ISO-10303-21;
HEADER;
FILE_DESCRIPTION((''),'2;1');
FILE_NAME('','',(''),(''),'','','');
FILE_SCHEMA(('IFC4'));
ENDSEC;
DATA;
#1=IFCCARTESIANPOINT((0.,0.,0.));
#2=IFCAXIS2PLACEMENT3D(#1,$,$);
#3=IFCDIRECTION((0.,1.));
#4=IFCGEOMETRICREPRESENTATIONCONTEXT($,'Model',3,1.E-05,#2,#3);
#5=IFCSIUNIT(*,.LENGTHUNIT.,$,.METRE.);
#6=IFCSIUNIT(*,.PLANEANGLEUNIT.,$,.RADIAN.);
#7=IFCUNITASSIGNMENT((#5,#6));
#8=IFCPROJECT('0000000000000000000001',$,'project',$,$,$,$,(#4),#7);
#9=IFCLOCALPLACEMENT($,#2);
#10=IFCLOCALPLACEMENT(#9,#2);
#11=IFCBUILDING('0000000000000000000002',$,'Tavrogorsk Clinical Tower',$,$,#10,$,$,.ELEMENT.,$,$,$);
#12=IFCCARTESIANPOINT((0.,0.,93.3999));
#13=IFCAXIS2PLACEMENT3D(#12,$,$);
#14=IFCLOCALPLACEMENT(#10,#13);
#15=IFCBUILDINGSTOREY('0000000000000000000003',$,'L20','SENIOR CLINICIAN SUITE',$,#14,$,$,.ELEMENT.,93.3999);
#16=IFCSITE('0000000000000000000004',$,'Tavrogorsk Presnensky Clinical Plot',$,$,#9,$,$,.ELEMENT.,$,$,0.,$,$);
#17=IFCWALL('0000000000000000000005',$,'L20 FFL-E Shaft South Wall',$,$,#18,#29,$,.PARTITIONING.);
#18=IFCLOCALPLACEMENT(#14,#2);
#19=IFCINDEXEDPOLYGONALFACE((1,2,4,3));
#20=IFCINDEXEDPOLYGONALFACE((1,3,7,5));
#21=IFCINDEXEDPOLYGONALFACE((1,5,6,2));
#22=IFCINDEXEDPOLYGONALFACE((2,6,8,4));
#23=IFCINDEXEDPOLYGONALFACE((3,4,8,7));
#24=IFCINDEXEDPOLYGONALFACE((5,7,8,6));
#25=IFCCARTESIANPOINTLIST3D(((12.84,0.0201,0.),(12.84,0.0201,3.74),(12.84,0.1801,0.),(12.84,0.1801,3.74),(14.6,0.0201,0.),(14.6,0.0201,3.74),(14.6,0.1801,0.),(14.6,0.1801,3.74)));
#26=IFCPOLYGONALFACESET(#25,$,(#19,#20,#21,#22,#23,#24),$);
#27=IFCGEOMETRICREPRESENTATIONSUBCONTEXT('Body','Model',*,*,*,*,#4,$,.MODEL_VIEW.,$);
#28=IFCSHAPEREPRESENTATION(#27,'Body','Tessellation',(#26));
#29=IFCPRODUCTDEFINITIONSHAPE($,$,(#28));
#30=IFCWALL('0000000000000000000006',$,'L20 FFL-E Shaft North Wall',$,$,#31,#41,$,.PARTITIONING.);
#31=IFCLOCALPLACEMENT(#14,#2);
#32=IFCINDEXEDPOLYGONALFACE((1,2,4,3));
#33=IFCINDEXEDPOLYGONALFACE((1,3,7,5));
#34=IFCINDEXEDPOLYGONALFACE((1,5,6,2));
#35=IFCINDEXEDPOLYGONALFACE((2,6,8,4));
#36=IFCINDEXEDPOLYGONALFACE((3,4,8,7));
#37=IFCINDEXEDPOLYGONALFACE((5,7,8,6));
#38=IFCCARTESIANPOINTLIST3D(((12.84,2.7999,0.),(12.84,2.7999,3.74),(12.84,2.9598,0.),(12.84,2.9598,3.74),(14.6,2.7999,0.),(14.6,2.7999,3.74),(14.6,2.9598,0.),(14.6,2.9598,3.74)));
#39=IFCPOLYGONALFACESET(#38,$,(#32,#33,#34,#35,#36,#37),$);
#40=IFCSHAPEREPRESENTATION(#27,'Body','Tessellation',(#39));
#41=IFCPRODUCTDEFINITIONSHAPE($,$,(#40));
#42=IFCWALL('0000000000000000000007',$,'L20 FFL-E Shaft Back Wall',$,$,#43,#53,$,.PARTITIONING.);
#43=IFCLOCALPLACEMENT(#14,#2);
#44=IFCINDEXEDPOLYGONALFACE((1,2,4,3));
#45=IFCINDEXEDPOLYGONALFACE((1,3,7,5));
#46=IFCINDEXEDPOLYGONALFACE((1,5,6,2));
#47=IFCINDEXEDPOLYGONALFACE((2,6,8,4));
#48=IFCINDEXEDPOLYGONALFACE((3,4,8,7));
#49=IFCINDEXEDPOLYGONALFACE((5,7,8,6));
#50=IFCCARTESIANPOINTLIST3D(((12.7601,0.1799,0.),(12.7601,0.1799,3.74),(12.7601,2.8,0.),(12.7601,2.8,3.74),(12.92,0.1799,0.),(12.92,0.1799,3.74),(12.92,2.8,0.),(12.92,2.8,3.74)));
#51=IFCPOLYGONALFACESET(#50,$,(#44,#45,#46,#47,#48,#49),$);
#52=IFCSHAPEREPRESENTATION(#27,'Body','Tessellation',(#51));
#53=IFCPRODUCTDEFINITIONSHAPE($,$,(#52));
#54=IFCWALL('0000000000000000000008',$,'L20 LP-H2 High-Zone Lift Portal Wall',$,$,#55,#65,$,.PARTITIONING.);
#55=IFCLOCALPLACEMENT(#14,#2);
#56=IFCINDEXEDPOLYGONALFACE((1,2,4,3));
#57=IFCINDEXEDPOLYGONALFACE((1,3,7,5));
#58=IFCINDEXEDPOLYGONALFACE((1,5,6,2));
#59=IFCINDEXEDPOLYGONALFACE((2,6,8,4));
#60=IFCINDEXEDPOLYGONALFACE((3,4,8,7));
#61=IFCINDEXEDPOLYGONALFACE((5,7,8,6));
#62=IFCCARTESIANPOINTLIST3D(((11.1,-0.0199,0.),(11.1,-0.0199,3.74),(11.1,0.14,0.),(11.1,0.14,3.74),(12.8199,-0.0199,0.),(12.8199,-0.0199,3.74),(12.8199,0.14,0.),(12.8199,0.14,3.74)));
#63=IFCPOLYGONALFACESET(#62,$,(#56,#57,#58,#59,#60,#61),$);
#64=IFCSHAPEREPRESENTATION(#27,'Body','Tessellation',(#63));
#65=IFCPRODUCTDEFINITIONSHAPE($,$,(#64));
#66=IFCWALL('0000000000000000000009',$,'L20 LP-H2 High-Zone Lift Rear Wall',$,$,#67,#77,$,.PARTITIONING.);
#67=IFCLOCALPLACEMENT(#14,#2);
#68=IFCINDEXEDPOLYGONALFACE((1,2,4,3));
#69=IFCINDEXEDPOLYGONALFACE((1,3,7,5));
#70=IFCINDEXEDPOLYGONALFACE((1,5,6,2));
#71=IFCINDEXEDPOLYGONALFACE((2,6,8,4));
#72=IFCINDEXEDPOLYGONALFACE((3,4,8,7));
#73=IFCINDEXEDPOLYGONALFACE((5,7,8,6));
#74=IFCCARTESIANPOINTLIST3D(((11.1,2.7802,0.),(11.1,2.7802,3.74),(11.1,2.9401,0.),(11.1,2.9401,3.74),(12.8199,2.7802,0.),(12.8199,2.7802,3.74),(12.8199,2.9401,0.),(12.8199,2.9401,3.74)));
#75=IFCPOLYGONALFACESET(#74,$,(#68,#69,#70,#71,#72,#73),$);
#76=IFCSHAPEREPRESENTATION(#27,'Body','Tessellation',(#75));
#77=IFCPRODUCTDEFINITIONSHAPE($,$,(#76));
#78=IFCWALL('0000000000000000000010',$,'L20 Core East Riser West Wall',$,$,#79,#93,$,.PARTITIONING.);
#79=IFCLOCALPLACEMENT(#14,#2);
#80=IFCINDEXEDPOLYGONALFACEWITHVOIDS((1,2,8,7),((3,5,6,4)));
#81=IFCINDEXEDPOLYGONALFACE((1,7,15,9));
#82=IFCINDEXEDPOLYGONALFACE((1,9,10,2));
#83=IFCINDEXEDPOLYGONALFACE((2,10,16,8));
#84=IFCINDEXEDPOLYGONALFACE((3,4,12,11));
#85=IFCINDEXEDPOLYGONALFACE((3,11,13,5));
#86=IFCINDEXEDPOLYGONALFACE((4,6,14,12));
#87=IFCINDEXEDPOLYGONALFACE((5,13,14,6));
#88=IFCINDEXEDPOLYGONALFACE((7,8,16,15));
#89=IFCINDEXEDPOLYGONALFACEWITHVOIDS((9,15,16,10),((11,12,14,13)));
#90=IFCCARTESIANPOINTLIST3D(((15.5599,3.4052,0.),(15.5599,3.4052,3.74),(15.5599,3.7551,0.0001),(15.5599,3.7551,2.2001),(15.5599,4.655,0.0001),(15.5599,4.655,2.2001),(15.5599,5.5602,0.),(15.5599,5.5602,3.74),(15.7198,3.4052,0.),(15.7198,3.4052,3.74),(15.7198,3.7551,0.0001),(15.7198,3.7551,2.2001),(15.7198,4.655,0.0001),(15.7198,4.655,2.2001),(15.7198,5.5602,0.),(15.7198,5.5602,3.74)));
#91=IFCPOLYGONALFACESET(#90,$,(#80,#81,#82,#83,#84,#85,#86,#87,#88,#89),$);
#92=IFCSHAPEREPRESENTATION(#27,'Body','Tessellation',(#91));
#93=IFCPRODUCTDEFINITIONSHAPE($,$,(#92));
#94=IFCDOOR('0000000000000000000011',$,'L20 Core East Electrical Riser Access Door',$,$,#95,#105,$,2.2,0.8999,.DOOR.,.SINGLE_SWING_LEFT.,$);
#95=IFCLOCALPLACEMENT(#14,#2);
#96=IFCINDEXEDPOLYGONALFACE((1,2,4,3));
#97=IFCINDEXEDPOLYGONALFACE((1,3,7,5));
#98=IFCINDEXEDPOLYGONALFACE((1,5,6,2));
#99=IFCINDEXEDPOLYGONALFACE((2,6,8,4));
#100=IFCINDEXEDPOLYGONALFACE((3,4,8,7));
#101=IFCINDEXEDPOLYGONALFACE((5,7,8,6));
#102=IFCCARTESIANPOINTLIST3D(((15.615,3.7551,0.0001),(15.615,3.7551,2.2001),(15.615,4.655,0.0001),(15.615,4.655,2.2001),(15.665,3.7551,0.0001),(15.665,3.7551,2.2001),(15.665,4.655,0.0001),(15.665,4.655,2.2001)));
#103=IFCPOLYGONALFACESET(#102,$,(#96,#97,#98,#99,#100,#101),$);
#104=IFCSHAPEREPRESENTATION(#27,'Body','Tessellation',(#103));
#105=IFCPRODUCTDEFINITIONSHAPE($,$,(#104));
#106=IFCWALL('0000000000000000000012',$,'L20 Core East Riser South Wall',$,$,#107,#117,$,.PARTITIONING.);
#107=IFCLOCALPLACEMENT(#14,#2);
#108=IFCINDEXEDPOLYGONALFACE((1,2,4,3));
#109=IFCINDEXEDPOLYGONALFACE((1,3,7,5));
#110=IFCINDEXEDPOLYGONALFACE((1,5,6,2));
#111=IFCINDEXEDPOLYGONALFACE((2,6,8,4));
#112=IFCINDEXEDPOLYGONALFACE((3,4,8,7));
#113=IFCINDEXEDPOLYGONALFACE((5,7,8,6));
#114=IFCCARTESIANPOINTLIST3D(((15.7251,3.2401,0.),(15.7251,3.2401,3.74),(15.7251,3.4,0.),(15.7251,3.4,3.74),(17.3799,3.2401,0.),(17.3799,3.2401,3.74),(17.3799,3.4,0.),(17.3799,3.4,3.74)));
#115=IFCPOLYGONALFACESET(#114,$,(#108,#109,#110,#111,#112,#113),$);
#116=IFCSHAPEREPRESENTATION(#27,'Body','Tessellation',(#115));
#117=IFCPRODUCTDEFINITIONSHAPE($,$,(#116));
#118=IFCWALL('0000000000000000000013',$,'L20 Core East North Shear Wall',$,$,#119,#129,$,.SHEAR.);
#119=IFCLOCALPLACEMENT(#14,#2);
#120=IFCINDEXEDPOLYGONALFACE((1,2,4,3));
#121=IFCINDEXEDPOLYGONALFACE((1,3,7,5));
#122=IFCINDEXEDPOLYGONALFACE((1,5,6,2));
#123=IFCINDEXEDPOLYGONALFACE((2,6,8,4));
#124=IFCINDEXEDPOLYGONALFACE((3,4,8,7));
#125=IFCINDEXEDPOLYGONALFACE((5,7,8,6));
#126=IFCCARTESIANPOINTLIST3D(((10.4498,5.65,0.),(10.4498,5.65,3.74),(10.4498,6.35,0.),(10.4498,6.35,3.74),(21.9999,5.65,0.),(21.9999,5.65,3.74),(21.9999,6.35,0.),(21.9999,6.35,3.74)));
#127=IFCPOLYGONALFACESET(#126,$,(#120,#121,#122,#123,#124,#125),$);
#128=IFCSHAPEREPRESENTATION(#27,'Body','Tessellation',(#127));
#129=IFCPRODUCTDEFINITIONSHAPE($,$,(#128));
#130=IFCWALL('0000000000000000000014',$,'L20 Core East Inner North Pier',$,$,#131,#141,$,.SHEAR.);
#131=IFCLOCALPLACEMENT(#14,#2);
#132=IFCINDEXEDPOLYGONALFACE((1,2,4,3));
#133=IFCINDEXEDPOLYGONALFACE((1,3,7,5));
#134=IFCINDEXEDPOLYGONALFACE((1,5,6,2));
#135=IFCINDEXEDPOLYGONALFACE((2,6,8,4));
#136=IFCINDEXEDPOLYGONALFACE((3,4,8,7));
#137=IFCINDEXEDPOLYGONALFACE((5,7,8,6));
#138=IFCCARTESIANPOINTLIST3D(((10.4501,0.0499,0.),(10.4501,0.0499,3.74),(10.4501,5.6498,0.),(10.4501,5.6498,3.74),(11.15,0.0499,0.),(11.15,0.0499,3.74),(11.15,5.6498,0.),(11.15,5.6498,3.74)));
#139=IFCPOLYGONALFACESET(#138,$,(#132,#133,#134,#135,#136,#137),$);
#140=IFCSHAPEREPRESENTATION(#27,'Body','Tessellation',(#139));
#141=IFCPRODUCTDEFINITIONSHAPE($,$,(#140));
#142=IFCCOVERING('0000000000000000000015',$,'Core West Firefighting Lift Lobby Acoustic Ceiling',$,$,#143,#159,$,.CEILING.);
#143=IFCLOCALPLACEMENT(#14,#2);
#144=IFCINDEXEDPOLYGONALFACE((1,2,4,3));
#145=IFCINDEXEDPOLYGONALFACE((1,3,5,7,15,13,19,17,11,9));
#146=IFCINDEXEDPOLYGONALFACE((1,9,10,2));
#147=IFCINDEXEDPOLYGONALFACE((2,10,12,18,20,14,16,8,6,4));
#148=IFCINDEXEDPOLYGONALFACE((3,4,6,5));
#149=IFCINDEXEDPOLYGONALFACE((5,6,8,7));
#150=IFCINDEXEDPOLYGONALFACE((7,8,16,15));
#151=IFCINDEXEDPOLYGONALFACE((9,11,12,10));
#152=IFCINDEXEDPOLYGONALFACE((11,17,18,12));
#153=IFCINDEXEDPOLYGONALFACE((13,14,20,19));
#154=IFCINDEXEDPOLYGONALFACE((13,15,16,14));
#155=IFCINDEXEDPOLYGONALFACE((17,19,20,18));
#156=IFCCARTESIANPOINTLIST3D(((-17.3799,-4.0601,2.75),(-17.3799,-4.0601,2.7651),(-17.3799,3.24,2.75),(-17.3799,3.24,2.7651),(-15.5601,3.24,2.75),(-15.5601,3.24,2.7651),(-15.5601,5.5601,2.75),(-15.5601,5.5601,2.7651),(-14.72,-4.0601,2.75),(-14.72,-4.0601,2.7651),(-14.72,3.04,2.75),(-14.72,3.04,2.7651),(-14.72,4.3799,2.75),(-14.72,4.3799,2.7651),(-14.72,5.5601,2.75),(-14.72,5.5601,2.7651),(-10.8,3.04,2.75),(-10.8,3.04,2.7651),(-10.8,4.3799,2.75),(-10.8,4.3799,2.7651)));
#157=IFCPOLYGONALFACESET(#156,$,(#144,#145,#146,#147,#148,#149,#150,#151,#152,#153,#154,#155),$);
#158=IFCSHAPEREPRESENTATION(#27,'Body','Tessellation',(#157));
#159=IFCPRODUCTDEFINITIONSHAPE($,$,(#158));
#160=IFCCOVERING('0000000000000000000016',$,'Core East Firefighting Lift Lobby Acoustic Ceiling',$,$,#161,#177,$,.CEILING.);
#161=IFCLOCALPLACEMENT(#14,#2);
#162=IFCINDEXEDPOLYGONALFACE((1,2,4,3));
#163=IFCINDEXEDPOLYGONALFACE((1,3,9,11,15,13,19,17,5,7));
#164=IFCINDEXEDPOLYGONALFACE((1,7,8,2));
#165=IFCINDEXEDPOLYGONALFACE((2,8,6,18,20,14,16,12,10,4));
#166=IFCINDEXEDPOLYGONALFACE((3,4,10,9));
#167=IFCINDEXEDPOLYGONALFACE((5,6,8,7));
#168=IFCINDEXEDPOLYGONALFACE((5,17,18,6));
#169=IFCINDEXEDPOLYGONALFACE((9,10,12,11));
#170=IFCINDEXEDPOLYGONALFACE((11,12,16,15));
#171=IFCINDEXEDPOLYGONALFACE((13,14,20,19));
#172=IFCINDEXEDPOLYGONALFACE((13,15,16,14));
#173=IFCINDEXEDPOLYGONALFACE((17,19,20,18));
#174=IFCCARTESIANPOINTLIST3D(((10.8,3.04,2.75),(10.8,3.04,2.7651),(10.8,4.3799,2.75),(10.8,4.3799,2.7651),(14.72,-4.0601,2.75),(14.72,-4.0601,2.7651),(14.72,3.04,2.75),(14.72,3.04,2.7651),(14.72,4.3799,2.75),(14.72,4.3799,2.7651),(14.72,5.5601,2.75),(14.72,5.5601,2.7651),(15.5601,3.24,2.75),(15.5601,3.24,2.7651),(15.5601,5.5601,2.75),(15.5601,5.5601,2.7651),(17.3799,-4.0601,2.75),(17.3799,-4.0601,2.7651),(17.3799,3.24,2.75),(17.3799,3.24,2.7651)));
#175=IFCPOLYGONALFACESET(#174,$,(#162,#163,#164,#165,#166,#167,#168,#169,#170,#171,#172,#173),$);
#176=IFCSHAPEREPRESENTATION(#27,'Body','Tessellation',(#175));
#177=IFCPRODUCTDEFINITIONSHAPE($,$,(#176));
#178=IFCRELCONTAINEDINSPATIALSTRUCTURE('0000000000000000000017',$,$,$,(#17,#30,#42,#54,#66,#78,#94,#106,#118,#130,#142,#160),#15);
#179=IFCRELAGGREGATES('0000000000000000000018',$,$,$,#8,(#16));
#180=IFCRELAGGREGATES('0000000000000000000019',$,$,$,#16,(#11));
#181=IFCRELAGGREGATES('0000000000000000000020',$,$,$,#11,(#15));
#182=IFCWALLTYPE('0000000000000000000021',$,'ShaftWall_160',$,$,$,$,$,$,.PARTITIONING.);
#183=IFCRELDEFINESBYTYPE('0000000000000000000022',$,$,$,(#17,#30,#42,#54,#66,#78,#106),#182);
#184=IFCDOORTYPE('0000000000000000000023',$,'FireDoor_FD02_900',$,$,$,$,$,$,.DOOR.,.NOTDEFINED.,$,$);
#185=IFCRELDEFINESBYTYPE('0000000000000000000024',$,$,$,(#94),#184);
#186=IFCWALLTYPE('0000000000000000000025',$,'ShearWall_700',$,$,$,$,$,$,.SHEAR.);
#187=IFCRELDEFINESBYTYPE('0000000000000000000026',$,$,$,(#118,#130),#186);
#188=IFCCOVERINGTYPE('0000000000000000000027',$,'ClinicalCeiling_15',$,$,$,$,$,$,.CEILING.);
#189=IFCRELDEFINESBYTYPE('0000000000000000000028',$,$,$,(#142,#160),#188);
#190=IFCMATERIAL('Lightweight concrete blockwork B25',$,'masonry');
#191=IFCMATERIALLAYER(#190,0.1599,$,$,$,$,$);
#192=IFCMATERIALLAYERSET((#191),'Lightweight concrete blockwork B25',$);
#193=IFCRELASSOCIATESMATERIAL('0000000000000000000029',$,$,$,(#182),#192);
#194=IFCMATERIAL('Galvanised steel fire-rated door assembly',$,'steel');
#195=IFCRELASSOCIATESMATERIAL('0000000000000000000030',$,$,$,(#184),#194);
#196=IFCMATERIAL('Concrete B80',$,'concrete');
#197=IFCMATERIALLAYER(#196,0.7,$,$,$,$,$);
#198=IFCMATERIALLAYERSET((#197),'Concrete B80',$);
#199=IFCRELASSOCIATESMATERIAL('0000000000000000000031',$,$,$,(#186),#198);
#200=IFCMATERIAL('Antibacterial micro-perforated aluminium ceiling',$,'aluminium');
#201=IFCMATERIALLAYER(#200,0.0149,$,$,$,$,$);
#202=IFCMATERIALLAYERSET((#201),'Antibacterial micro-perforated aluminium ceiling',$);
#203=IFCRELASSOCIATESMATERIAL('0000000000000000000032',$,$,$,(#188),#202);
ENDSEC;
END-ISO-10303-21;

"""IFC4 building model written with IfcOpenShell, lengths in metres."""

from ifc_helpers import new_model, si_unit, direction, frame, frame_2d, origin, place, context, subcontext, project, spatial, polyline, rectangle, outline, extrude, material, layer, layer_set, type_object, element, fill, save


model = new_model("IFC4")

# Units and contexts
model_context = context("Model", 3, precision=1e-05, world=origin(), true_north=direction((0.0, 1.0)))
body_context = subcontext(model_context, "Body", "Model", "MODEL_VIEW")
ifc_project = project(units=[si_unit("LENGTHUNIT", "METRE"), si_unit("PLANEANGLEUNIT", "RADIAN")], contexts=[model_context])

# Site, building, storey
site_placement = place(None, origin())
site = spatial("IfcSite", under=ifc_project, at=site_placement, Name="Tavrogorsk Presnensky Clinical Plot", CompositionType="ELEMENT", RefElevation=0.0)
building_placement = place(site_placement, origin())
building = spatial("IfcBuilding", under=site, at=building_placement, Name="Tavrogorsk Clinical Tower", CompositionType="ELEMENT")
storey_placement = place(building_placement, frame((0.0, 0.0, 93.3999)))
storey = spatial("IfcBuildingStorey", under=building, at=storey_placement, Name="L20", Description="SENIOR CLINICIAN SUITE", CompositionType="ELEMENT", Elevation=93.3999)

# Shared definitions
ifc_material_1 = material(Name="Lightweight concrete blockwork B25", Category="masonry")
ifc_layer_1 = layer(ifc_material_1, 0.1599)
ifc_layer_set_1 = layer_set([ifc_layer_1], Name="Lightweight concrete blockwork B25")
wall_type_1 = type_object("IfcWallType", Name="ShaftWall_160", PredefinedType="PARTITIONING", material=ifc_layer_set_1)

# Walls
for number, where, z_axis, x_axis, name in (
    (1, (12.8401, 0.1001, 0.0), (0.0, 0.0, 1.0), (1.0, 0.0, 0.0), "L20 FFL-E Shaft South Wall"),
    (2, (12.8401, 2.8799, 0.0), (0.0, 0.0, 1.0), (1.0, 0.0, 0.0), "L20 FFL-E Shaft North Wall"),
):
    element("IfcWall", number, at=place(storey_placement, frame(where, z_axis=z_axis, x_axis=x_axis)), inside=storey, type_object=wall_type_1, Name=name, PredefinedType="PARTITIONING", context=body_context, shape_type="SweptSolid", body=[
        extrude(rectangle(XDim=1.76, YDim=0.1599, at=frame_2d((0.8799, 0.0))), origin(), (0.0, 0.0, 1.0), 3.74),
    ])
wall_1_placement = place(storey_placement, frame((12.8401, 0.1799, 0.0), z_axis=(0.0, 0.0, 1.0), x_axis=(0.0, 1.0, 0.0)))
element("IfcWall", 3, at=wall_1_placement, inside=storey, type_object=wall_type_1, Name="L20 FFL-E Shaft Back Wall", PredefinedType="PARTITIONING", context=body_context, shape_type="SweptSolid", body=[
    extrude(rectangle(XDim=2.6201, YDim=0.1599, at=frame_2d((1.3101, 0.0))), origin(), (0.0, 0.0, 1.0), 3.74),
])
for number, where, z_axis, x_axis, name in (
    (4, (11.1001, 0.0601, 0.0), (0.0, 0.0, 1.0), (1.0, 0.0, 0.0), "L20 LP-H2 High-Zone Lift Portal Wall"),
    (5, (11.1001, 2.8601, 0.0), (0.0, 0.0, 1.0), (1.0, 0.0, 0.0), "L20 LP-H2 High-Zone Lift Rear Wall"),
):
    element("IfcWall", number, at=place(storey_placement, frame(where, z_axis=z_axis, x_axis=x_axis)), inside=storey, type_object=wall_type_1, Name=name, PredefinedType="PARTITIONING", context=body_context, shape_type="SweptSolid", body=[
        extrude(rectangle(XDim=1.72, YDim=0.1599, at=frame_2d((0.8599, 0.0))), origin(), (0.0, 0.0, 1.0), 3.74),
    ])

# Wall, opening, door
wall_2_placement = place(storey_placement, frame((15.6399, 3.405, 0.0), z_axis=(0.0, 0.0, 1.0), x_axis=(0.0, 1.0, 0.0)))
wall_2 = element("IfcWall", 6, at=wall_2_placement, inside=storey, type_object=wall_type_1, Name="L20 Core East Riser West Wall", PredefinedType="PARTITIONING", context=body_context, shape_type="SweptSolid", body=[
    extrude(rectangle(XDim=2.155, YDim=0.1599, at=frame_2d((1.0776, 0.0))), origin(), (0.0, 0.0, 1.0), 3.74),
])
opening_1_placement = place(wall_2_placement, frame((0.3501, 0.0, 0.0)))
opening_1 = element("IfcOpeningElement", 7, at=opening_1_placement, cuts=wall_2, PredefinedType="OPENING", context=body_context, shape_type="SweptSolid", body=[
    extrude(rectangle(XDim=0.8999, YDim=2.2, at=frame_2d((0.45, 1.1001))), frame((0.0, 0.0898, 0.0), z_axis=(0.0, -1.0, 0.0), x_axis=(1.0, 0.0, 0.0)), (0.0, 0.0, 1.0), 0.1799),
])
ifc_material_2 = material(Name="Galvanised steel fire-rated door assembly", Category="steel")
door_type_1 = type_object("IfcDoorType", Name="FireDoor_FD02_900", OperationType="NOTDEFINED", PredefinedType="DOOR", material=ifc_material_2)
door_1_placement = place(opening_1_placement, origin())
door_1 = element("IfcDoor", 8, at=door_1_placement, inside=storey, type_object=door_type_1, Name="L20 Core East Electrical Riser Access Door", OperationType="SINGLE_SWING_LEFT", OverallHeight=2.2, OverallWidth=0.8999, PredefinedType="DOOR", context=body_context, shape_type="SweptSolid", body=[
    extrude(rectangle(XDim=0.8999, YDim=2.2, at=frame_2d((0.45, 1.1001))), frame((0.0, 0.0249, 0.0), z_axis=(0.0, -1.0, 0.0), x_axis=(1.0, 0.0, 0.0)), (0.0, 0.0, 1.0), 0.05),
])
fill(opening_1, door_1)

# Walls
wall_3_placement = place(storey_placement, frame((15.7251, 3.3201, 0.0), z_axis=(0.0, 0.0, 1.0), x_axis=(1.0, 0.0, 0.0)))
element("IfcWall", 9, at=wall_3_placement, inside=storey, type_object=wall_type_1, Name="L20 Core East Riser South Wall", PredefinedType="PARTITIONING", context=body_context, shape_type="SweptSolid", body=[
    extrude(rectangle(XDim=1.6548, YDim=0.1599, at=frame_2d((0.8274, 0.0))), origin(), (0.0, 0.0, 1.0), 3.74),
])
ifc_material_3 = material(Name="Concrete B80", Category="concrete")
ifc_layer_2 = layer(ifc_material_3, 0.7)
ifc_layer_set_2 = layer_set([ifc_layer_2], Name="Concrete B80")
wall_type_2 = type_object("IfcWallType", Name="ShearWall_700", PredefinedType="SHEAR", material=ifc_layer_set_2)
wall_4_placement = place(storey_placement, frame((10.45, 6.0, 0.0), z_axis=(0.0, 0.0, 1.0), x_axis=(1.0, 0.0, 0.0)))
element("IfcWall", 10, at=wall_4_placement, inside=storey, type_object=wall_type_2, Name="L20 Core East North Shear Wall", PredefinedType="SHEAR", context=body_context, shape_type="SweptSolid", body=[
    extrude(rectangle(XDim=11.55, YDim=0.7, at=frame_2d((5.7749, 0.0))), origin(), (0.0, 0.0, 1.0), 3.74),
])
wall_5_placement = place(storey_placement, frame((10.8, 0.05, 0.0), z_axis=(0.0, 0.0, 1.0), x_axis=(0.0, 1.0, 0.0)))
element("IfcWall", 11, at=wall_5_placement, inside=storey, type_object=wall_type_2, Name="L20 Core East Inner North Pier", PredefinedType="SHEAR", context=body_context, shape_type="SweptSolid", body=[
    extrude(rectangle(XDim=5.5999, YDim=0.7, at=frame_2d((2.7998, 0.0))), origin(), (0.0, 0.0, 1.0), 3.74),
])

# Coverings
ifc_material_4 = material(Name="Antibacterial micro-perforated aluminium ceiling", Category="aluminium")
ifc_layer_3 = layer(ifc_material_4, 0.0149)
ifc_layer_set_3 = layer_set([ifc_layer_3], Name="Antibacterial micro-perforated aluminium ceiling")
covering_type_1 = type_object("IfcCoveringType", Name="ClinicalCeiling_15", PredefinedType="CEILING", material=ifc_layer_set_3)
covering_1_placement = place(storey_placement, frame((0.0, 0.0, 2.75)))
element("IfcCovering", 12, at=covering_1_placement, inside=storey, type_object=covering_type_1, Name="Core West Firefighting Lift Lobby Acoustic Ceiling", PredefinedType="CEILING", context=body_context, shape_type="SweptSolid", body=[
    extrude(outline(polyline([(-14.72, 4.3799), (-10.8, 4.3799), (-10.8, 3.04), (-14.72, 3.04), (-14.72, -4.0601), (-17.3799, -4.0601), (-17.3799, 3.24), (-15.5601, 3.24), (-15.5601, 5.5601), (-14.72, 5.5601), (-14.72, 4.3799)])), origin(), (0.0, 0.0, 1.0), 0.0151),
])
covering_2_placement = place(storey_placement, frame((0.0, 0.0, 2.75)))
element("IfcCovering", 13, at=covering_2_placement, inside=storey, type_object=covering_type_1, Name="Core East Firefighting Lift Lobby Acoustic Ceiling", PredefinedType="CEILING", context=body_context, shape_type="SweptSolid", body=[
    extrude(outline(polyline([(14.72, -4.0601), (14.72, 3.04), (10.8, 3.04), (10.8, 4.3799), (14.72, 4.3799), (14.72, 5.5601), (15.5601, 5.5601), (15.5601, 3.24), (17.3799, 3.24), (17.3799, -4.0601), (14.72, -4.0601)])), origin(), (0.0, 0.0, 1.0), 0.0151),
])

save(model, "model.ifc")
